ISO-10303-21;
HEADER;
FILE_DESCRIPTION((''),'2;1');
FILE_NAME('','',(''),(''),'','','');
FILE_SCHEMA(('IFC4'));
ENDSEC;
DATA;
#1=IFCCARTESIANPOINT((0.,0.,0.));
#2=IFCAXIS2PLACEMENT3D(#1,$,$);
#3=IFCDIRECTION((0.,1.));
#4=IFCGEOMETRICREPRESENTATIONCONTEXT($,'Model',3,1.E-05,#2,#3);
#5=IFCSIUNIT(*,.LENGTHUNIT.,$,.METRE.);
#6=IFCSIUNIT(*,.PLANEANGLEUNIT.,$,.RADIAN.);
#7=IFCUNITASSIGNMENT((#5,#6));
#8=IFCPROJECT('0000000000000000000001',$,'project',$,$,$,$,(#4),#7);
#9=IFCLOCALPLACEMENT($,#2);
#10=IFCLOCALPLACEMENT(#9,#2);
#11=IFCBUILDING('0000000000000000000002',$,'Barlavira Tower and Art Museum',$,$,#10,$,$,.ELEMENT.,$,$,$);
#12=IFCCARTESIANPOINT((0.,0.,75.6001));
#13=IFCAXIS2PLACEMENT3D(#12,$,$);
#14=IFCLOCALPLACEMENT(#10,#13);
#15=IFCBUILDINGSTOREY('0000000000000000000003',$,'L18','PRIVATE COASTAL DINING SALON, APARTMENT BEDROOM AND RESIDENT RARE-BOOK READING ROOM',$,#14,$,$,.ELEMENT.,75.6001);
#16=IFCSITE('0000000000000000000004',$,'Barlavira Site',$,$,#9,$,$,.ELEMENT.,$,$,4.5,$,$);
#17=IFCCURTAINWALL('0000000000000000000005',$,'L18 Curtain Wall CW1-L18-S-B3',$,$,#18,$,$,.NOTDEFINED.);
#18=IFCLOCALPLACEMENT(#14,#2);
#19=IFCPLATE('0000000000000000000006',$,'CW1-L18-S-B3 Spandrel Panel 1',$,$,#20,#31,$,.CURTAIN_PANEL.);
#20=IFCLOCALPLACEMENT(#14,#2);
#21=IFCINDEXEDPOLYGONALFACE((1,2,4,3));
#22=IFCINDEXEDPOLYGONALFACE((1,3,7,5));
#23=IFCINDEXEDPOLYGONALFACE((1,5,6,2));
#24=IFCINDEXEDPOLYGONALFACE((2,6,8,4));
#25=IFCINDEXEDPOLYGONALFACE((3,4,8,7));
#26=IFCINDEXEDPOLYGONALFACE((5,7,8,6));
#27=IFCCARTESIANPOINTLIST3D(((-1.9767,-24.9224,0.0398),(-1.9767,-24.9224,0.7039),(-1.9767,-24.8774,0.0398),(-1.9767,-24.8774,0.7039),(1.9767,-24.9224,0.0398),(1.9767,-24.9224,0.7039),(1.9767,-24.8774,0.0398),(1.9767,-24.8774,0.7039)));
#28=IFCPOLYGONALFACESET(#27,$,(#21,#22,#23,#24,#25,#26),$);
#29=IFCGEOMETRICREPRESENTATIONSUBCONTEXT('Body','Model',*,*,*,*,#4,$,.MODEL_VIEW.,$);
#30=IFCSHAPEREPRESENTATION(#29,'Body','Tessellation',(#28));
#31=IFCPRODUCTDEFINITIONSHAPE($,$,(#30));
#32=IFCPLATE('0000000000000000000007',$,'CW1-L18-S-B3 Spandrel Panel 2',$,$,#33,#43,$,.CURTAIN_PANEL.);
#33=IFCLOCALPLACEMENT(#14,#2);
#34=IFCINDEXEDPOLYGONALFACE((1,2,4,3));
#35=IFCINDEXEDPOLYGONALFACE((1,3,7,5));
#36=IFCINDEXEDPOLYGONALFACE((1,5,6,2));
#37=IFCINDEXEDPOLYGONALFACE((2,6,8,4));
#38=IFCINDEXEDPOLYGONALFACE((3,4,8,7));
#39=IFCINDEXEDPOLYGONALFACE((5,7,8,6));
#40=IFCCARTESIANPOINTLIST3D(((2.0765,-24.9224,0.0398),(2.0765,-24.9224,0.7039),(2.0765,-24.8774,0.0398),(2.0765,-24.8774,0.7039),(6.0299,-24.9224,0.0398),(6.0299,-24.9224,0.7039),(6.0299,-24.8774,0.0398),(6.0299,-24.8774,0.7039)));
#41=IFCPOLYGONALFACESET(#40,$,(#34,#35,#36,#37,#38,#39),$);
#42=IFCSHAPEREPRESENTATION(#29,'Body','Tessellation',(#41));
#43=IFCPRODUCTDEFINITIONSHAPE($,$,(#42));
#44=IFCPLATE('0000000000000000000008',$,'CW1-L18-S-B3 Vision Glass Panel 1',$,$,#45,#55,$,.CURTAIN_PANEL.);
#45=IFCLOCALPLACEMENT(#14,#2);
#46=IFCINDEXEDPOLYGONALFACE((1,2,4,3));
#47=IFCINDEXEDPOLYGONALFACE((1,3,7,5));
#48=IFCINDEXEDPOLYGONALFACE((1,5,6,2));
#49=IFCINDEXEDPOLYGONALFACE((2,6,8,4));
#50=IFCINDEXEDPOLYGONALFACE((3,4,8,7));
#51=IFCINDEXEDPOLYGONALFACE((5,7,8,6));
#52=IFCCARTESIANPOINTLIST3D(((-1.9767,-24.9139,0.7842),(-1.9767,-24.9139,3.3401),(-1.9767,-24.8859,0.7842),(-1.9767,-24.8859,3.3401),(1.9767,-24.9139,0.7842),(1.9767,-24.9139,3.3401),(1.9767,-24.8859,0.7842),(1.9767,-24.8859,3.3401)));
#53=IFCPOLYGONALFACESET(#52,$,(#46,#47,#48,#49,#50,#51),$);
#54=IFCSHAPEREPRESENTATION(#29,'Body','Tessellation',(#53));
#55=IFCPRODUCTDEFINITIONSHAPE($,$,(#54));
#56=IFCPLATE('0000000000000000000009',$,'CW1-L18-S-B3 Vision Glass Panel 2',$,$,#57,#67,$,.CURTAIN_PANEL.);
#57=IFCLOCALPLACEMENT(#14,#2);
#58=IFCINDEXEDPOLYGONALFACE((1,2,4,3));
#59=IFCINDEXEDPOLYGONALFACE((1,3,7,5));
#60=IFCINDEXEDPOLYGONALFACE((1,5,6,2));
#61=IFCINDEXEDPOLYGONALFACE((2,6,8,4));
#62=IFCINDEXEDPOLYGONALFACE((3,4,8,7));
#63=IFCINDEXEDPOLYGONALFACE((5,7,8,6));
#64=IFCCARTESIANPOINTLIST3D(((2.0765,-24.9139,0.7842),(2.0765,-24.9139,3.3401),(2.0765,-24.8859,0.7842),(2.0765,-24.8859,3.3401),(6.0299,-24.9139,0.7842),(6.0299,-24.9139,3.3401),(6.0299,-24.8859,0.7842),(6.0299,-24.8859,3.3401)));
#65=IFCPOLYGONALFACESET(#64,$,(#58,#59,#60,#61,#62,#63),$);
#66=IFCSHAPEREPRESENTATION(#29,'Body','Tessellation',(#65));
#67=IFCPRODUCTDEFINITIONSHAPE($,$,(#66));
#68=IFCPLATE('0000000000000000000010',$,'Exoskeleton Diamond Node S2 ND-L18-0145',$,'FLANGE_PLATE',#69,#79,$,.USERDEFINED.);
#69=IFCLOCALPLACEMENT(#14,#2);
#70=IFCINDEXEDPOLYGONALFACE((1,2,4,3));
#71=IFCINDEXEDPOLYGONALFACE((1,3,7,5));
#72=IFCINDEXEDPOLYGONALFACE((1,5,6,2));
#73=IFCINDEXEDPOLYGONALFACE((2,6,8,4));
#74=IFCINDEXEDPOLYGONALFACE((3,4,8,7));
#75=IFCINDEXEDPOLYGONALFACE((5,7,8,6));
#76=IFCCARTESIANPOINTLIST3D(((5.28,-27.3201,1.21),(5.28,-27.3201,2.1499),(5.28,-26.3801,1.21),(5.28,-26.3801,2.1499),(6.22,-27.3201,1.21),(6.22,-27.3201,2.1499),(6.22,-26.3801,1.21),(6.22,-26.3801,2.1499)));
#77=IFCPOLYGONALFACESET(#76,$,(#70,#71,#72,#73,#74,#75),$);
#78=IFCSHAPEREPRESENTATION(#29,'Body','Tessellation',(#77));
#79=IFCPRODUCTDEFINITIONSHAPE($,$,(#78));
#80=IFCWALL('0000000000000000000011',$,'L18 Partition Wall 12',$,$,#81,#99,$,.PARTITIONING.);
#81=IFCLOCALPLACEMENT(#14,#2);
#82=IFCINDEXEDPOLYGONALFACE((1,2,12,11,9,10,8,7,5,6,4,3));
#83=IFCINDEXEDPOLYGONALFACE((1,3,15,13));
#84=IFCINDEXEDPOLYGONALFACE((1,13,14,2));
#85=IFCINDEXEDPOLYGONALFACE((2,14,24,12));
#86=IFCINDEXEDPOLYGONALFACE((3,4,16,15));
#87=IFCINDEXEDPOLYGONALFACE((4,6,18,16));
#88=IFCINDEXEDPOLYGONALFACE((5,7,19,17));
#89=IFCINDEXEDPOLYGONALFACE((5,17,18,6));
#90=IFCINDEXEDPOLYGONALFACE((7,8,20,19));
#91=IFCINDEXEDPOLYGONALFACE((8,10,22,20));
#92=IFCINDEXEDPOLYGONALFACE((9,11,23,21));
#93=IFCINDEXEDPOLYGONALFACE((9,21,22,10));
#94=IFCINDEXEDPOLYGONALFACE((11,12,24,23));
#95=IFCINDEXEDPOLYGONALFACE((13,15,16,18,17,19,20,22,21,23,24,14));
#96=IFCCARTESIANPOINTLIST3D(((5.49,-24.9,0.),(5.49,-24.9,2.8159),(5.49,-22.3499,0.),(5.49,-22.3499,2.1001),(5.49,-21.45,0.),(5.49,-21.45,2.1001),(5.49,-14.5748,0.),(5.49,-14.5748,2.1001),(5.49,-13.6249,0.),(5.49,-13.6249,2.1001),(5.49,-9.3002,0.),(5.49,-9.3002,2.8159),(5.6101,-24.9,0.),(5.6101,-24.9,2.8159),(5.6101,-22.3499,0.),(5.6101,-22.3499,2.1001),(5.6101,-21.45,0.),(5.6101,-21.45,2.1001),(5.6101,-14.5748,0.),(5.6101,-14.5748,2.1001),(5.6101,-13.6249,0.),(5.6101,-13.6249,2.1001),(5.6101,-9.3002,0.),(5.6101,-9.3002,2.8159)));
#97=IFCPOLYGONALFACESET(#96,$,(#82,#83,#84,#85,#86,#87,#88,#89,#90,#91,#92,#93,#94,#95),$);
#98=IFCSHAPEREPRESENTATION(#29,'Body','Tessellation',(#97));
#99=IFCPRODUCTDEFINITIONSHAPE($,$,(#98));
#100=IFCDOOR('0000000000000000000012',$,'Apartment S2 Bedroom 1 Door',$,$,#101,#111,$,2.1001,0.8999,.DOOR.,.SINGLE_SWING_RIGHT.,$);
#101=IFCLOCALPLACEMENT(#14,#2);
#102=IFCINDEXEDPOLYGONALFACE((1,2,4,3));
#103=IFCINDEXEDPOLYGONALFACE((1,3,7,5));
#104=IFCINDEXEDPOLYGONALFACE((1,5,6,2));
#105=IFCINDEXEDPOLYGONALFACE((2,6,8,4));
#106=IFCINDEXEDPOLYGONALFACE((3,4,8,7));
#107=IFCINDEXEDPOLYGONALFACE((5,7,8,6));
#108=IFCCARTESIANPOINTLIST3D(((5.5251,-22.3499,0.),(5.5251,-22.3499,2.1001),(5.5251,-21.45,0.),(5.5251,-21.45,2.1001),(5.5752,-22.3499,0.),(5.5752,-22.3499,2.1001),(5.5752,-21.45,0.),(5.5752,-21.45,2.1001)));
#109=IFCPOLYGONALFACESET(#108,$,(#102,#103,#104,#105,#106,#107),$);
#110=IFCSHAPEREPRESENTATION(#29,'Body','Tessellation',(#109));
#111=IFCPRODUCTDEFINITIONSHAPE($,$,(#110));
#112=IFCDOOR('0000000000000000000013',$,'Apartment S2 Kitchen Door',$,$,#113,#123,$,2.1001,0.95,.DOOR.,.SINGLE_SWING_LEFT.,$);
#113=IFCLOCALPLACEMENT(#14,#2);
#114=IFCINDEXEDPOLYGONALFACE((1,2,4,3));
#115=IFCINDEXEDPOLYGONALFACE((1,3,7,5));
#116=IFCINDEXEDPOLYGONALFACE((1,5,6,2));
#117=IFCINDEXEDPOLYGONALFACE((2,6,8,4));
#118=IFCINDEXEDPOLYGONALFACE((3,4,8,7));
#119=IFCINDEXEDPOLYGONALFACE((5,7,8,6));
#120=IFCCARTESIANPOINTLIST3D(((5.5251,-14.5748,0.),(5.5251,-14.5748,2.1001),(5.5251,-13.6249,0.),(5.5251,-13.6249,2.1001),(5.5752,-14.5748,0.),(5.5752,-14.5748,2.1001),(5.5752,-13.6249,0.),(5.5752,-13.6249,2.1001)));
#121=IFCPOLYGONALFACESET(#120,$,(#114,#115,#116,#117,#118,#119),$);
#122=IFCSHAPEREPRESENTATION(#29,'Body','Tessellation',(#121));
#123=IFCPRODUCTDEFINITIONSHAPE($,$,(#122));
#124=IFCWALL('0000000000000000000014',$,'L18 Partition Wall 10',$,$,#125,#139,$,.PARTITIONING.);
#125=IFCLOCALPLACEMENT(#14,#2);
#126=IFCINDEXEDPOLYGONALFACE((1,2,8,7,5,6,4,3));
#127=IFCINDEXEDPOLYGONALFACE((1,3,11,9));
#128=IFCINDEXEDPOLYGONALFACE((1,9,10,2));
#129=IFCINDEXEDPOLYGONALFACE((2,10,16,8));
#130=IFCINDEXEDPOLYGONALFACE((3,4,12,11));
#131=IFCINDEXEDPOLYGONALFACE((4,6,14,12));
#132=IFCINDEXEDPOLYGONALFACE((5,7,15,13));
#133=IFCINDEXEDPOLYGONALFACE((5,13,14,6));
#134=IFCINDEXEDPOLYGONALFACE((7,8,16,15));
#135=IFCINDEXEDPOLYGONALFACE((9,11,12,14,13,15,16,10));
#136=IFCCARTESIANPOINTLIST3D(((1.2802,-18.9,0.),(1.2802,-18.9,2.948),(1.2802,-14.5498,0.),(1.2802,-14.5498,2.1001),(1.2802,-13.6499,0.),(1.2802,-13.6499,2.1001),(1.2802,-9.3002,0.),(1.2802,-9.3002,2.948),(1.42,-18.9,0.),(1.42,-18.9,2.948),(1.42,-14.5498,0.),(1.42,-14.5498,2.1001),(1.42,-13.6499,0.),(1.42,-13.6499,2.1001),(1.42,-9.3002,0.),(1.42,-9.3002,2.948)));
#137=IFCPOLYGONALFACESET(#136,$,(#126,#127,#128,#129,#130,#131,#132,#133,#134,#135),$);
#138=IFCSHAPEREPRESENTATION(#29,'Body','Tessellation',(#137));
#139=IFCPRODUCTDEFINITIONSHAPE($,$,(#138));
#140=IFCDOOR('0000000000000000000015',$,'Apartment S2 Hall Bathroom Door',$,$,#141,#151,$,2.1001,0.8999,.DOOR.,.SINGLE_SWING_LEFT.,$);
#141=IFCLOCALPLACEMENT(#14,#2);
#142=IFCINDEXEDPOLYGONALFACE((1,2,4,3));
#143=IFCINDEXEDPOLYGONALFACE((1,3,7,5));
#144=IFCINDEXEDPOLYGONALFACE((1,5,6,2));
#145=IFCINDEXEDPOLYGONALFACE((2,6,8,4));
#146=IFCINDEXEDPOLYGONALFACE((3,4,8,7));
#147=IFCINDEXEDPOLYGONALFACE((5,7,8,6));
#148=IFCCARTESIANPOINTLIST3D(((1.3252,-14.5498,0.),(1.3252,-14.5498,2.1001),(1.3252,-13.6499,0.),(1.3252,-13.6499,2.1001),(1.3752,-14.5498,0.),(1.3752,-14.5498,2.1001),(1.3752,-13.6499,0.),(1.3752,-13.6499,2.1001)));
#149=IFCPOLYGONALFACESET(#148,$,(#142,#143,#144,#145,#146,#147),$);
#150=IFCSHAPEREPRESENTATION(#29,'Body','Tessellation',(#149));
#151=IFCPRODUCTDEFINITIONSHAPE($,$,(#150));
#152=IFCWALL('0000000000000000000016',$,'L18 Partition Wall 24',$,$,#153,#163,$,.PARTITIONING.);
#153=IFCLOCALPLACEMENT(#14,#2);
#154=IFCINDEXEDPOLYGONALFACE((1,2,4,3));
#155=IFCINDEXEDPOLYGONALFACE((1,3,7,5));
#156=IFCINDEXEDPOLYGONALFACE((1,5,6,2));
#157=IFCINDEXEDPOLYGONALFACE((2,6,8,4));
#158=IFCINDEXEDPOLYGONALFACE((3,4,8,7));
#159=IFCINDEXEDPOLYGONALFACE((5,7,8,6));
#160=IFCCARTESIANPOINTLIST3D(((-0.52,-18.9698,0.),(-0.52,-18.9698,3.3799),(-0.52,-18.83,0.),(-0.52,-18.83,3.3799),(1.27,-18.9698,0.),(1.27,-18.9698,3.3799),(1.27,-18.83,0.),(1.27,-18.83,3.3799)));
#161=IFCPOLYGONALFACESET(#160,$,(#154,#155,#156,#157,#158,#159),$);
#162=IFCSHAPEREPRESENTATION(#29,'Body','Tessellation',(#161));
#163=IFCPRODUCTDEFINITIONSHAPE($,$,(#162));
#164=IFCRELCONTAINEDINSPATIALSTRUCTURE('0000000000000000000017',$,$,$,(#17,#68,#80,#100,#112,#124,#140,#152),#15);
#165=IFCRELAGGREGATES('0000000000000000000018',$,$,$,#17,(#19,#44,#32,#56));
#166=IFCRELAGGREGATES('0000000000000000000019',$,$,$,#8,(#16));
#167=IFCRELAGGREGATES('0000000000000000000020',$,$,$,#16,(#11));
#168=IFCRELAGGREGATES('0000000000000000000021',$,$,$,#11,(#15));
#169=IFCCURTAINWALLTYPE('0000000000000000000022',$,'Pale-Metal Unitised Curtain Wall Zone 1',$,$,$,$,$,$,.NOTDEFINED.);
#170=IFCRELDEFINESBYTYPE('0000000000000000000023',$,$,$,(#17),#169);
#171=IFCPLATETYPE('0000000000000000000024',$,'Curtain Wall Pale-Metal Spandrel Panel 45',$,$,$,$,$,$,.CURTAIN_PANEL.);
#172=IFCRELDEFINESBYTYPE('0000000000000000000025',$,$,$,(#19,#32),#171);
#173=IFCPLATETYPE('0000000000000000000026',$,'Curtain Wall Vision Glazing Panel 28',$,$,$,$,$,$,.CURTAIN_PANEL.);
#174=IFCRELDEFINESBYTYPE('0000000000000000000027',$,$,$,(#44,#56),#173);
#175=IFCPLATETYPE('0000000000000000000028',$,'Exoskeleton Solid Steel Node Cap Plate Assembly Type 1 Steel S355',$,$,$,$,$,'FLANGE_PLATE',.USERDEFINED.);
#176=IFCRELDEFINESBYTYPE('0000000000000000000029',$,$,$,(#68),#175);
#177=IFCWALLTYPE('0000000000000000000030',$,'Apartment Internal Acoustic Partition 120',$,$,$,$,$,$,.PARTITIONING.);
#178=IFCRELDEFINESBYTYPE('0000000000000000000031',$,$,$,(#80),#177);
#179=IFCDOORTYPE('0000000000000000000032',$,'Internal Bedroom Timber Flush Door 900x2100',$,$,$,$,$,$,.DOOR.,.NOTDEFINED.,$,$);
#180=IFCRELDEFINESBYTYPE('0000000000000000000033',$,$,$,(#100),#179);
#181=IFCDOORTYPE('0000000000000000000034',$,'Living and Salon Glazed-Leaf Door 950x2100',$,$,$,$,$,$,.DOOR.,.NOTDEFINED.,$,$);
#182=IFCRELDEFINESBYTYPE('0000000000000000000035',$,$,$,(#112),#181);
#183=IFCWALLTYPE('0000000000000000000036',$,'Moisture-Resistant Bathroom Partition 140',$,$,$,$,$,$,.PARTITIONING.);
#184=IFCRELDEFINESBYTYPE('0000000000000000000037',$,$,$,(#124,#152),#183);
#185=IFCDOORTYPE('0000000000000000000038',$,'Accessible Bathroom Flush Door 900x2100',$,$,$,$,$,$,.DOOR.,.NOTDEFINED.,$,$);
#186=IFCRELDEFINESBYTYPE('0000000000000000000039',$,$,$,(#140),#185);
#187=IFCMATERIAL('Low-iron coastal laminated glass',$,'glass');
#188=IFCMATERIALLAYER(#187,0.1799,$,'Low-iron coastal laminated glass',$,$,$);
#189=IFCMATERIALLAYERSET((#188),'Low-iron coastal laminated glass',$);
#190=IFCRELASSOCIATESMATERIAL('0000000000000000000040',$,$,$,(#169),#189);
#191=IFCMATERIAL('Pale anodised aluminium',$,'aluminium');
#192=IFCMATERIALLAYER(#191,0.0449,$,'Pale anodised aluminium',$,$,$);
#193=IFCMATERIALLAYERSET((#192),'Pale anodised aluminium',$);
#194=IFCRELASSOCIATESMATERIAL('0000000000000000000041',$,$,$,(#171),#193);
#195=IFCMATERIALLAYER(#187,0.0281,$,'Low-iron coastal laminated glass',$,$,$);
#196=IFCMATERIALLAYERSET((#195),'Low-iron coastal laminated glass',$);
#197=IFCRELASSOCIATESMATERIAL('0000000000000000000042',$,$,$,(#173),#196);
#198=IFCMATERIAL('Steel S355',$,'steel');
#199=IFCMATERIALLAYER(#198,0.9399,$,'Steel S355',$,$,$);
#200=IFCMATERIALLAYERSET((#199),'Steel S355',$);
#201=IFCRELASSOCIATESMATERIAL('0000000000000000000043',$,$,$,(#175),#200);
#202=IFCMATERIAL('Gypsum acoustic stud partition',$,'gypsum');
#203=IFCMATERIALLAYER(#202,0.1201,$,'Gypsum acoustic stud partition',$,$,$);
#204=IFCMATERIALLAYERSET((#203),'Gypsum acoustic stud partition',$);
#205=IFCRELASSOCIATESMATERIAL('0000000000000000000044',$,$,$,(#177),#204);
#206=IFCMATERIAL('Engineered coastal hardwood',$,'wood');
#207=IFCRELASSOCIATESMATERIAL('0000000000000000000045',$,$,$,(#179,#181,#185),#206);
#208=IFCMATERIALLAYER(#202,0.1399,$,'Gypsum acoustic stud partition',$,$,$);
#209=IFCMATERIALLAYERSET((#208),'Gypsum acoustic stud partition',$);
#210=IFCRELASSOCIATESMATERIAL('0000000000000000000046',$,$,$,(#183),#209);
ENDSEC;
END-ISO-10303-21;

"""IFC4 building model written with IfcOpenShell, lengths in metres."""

from ifc_helpers import new_model, si_unit, direction, frame, frame_2d, origin, origin_2d, place, context, subcontext, project, spatial, rectangle, extrude, material, layer, layer_set, type_object, element, fill, aggregate, save


model = new_model("IFC4")

# Units and contexts
model_context = context("Model", 3, precision=1e-05, world=origin(), true_north=direction((0.0, 1.0)))
body_context = subcontext(model_context, "Body", "Model", "MODEL_VIEW")
ifc_project = project(units=[si_unit("LENGTHUNIT", "METRE"), si_unit("PLANEANGLEUNIT", "RADIAN")], contexts=[model_context])

# Site, building, storey
site_placement = place(None, origin())
site = spatial("IfcSite", under=ifc_project, at=site_placement, Name="Barlavira Site", CompositionType="ELEMENT", RefElevation=4.5)
building_placement = place(site_placement, origin())
building = spatial("IfcBuilding", under=site, at=building_placement, Name="Barlavira Tower and Art Museum", CompositionType="ELEMENT")
storey_placement = place(building_placement, frame((0.0, 0.0, 75.6001)))
storey = spatial("IfcBuildingStorey", under=building, at=storey_placement, Name="L18", Description="PRIVATE COASTAL DINING SALON, APARTMENT BEDROOM AND RESIDENT RARE-BOOK READING ROOM", CompositionType="ELEMENT", Elevation=75.6001)

# Curtain wall
ifc_material_1 = material(Name="Low-iron coastal laminated glass", Category="glass")
ifc_layer_1 = layer(ifc_material_1, 0.1799, Name="Low-iron coastal laminated glass")
ifc_layer_set_1 = layer_set([ifc_layer_1], Name="Low-iron coastal laminated glass")
curtain_wall_type = type_object("IfcCurtainWallType", Name="Pale-Metal Unitised Curtain Wall Zone 1", PredefinedType="NOTDEFINED", material=ifc_layer_set_1)
curtain_wall_placement = place(storey_placement, origin())
curtain_wall = element("IfcCurtainWall", 1, at=curtain_wall_placement, inside=storey, type_object=curtain_wall_type, Name="L18 Curtain Wall CW1-L18-S-B3", PredefinedType="NOTDEFINED")
ifc_material_2 = material(Name="Pale anodised aluminium", Category="aluminium")

# Shared definitions
ifc_material_3 = material(Name="Steel S355", Category="steel")

# Plates
ifc_layer_2 = layer(ifc_material_2, 0.0449, Name="Pale anodised aluminium")
ifc_layer_set_2 = layer_set([ifc_layer_2], Name="Pale anodised aluminium")
plate_type_1 = type_object("IfcPlateType", Name="Curtain Wall Pale-Metal Spandrel Panel 45", PredefinedType="CURTAIN_PANEL", material=ifc_layer_set_2)
plate_1_placement = place(storey_placement, frame((0.0, -24.8999, 0.0398), z_axis=(0.0, 0.0, 1.0), x_axis=(1.0, 0.0, 0.0)))
plate_1 = element("IfcPlate", 2, at=plate_1_placement, type_object=plate_type_1, Name="CW1-L18-S-B3 Spandrel Panel 1", PredefinedType="CURTAIN_PANEL", context=body_context, shape_type="SweptSolid", body=[
    extrude(rectangle(XDim=3.9534, YDim=0.0449, at=origin_2d()), origin(), (0.0, 0.0, 1.0), 0.6641),
])
plate_2_placement = place(storey_placement, frame((4.0532, -24.8999, 0.0398), z_axis=(0.0, 0.0, 1.0), x_axis=(1.0, 0.0, 0.0)))
plate_2 = element("IfcPlate", 3, at=plate_2_placement, type_object=plate_type_1, Name="CW1-L18-S-B3 Spandrel Panel 2", PredefinedType="CURTAIN_PANEL", context=body_context, shape_type="SweptSolid", body=[
    extrude(rectangle(XDim=3.9534, YDim=0.0449, at=origin_2d()), origin(), (0.0, 0.0, 1.0), 0.6641),
])
ifc_layer_3 = layer(ifc_material_1, 0.0281, Name="Low-iron coastal laminated glass")
ifc_layer_set_3 = layer_set([ifc_layer_3], Name="Low-iron coastal laminated glass")
plate_type_2 = type_object("IfcPlateType", Name="Curtain Wall Vision Glazing Panel 28", PredefinedType="CURTAIN_PANEL", material=ifc_layer_set_3)
plate_3_placement = place(storey_placement, frame((0.0, -24.8999, 0.7842), z_axis=(0.0, 0.0, 1.0), x_axis=(1.0, 0.0, 0.0)))
plate_3 = element("IfcPlate", 4, at=plate_3_placement, type_object=plate_type_2, Name="CW1-L18-S-B3 Vision Glass Panel 1", PredefinedType="CURTAIN_PANEL", context=body_context, shape_type="SweptSolid", body=[
    extrude(rectangle(XDim=3.9534, YDim=0.0281, at=origin_2d()), origin(), (0.0, 0.0, 1.0), 2.5559),
])
plate_4_placement = place(storey_placement, frame((4.0532, -24.8999, 0.7842), z_axis=(0.0, 0.0, 1.0), x_axis=(1.0, 0.0, 0.0)))
plate_4 = element("IfcPlate", 5, at=plate_4_placement, type_object=plate_type_2, Name="CW1-L18-S-B3 Vision Glass Panel 2", PredefinedType="CURTAIN_PANEL", context=body_context, shape_type="SweptSolid", body=[
    extrude(rectangle(XDim=3.9534, YDim=0.0281, at=origin_2d()), origin(), (0.0, 0.0, 1.0), 2.5559),
])
aggregate(curtain_wall, [plate_1, plate_3, plate_2, plate_4])
ifc_layer_4 = layer(ifc_material_3, 0.9399, Name="Steel S355")
ifc_layer_set_4 = layer_set([ifc_layer_4], Name="Steel S355")
plate_type_3 = type_object("IfcPlateType", Name="Exoskeleton Solid Steel Node Cap Plate Assembly Type 1 Steel S355", ElementType="FLANGE_PLATE", PredefinedType="USERDEFINED", material=ifc_layer_set_4)
plate_5_placement = place(storey_placement, frame((5.75, -26.8501, 1.21), z_axis=(0.0, 0.0, 1.0), x_axis=(1.0, 0.0, 0.0)))
element("IfcPlate", 6, at=plate_5_placement, inside=storey, type_object=plate_type_3, Name="Exoskeleton Diamond Node S2 ND-L18-0145", ObjectType="FLANGE_PLATE", PredefinedType="USERDEFINED", context=body_context, shape_type="SweptSolid", body=[
    extrude(rectangle(XDim=0.9399, YDim=0.9399, at=origin_2d()), origin(), (0.0, 0.0, 1.0), 0.9399),
])

# Wall, openings, doors
ifc_material_4 = material(Name="Gypsum acoustic stud partition", Category="gypsum")
ifc_layer_5 = layer(ifc_material_4, 0.1201, Name="Gypsum acoustic stud partition")
ifc_layer_set_5 = layer_set([ifc_layer_5], Name="Gypsum acoustic stud partition")
wall_type_1 = type_object("IfcWallType", Name="Apartment Internal Acoustic Partition 120", PredefinedType="PARTITIONING", material=ifc_layer_set_5)
wall_1_placement = place(storey_placement, frame((5.55, -24.8999, 0.0), z_axis=(0.0, 0.0, 1.0), x_axis=(0.0, 1.0, 0.0)))
wall_1 = element("IfcWall", 7, at=wall_1_placement, inside=storey, type_object=wall_type_1, Name="L18 Partition Wall 12", PredefinedType="PARTITIONING", context=body_context, shape_type="SweptSolid", body=[
    extrude(rectangle(XDim=15.5999, YDim=0.1201, at=frame_2d((7.7998, 0.0))), origin(), (0.0, 0.0, 1.0), 2.8159),
])
opening_1_placement = place(wall_1_placement, frame((10.325, 0.0, 0.0)))
opening_1 = element("IfcOpeningElement", 8, at=opening_1_placement, cuts=wall_1, PredefinedType="OPENING", context=body_context, shape_type="SweptSolid", body=[
    extrude(rectangle(XDim=0.95, YDim=2.1001, at=frame_2d((0.4751, 1.05))), frame((0.0, 0.0701, 0.0), z_axis=(0.0, -1.0, 0.0), x_axis=(1.0, 0.0, 0.0)), (0.0, 0.0, 1.0), 0.1401),
])
opening_2_placement = place(wall_1_placement, frame((2.55, 0.0, 0.0)))
opening_2 = element("IfcOpeningElement", 9, at=opening_2_placement, cuts=wall_1, PredefinedType="OPENING", context=body_context, shape_type="SweptSolid", body=[
    extrude(rectangle(XDim=0.8999, YDim=2.1001, at=frame_2d((0.45, 1.05))), frame((0.0, 0.0701, 0.0), z_axis=(0.0, -1.0, 0.0), x_axis=(1.0, 0.0, 0.0)), (0.0, 0.0, 1.0), 0.1401),
])
ifc_material_5 = material(Name="Engineered coastal hardwood", Category="wood")
door_type_1 = type_object("IfcDoorType", Name="Internal Bedroom Timber Flush Door 900x2100", OperationType="NOTDEFINED", PredefinedType="DOOR", material=ifc_material_5)
door_1_placement = place(opening_2_placement, origin())
door_1 = element("IfcDoor", 10, at=door_1_placement, inside=storey, type_object=door_type_1, Name="Apartment S2 Bedroom 1 Door", OperationType="SINGLE_SWING_RIGHT", OverallHeight=2.1001, OverallWidth=0.8999, PredefinedType="DOOR", context=body_context, shape_type="SweptSolid", body=[
    extrude(rectangle(XDim=0.8999, YDim=2.1001, at=frame_2d((0.45, 1.05))), frame((0.0, 0.0249, 0.0), z_axis=(0.0, -1.0, 0.0), x_axis=(1.0, 0.0, 0.0)), (0.0, 0.0, 1.0), 0.05),
])
fill(opening_2, door_1)
door_type_2 = type_object("IfcDoorType", Name="Living and Salon Glazed-Leaf Door 950x2100", OperationType="NOTDEFINED", PredefinedType="DOOR", material=ifc_material_5)
door_2_placement = place(opening_1_placement, origin())
door_2 = element("IfcDoor", 11, at=door_2_placement, inside=storey, type_object=door_type_2, Name="Apartment S2 Kitchen Door", OperationType="SINGLE_SWING_LEFT", OverallHeight=2.1001, OverallWidth=0.95, PredefinedType="DOOR", context=body_context, shape_type="SweptSolid", body=[
    extrude(rectangle(XDim=0.95, YDim=2.1001, at=frame_2d((0.4751, 1.05))), frame((0.0, 0.0249, 0.0), z_axis=(0.0, -1.0, 0.0), x_axis=(1.0, 0.0, 0.0)), (0.0, 0.0, 1.0), 0.05),
])
fill(opening_1, door_2)

# Wall, opening, door
ifc_layer_6 = layer(ifc_material_4, 0.1399, Name="Gypsum acoustic stud partition")
ifc_layer_set_6 = layer_set([ifc_layer_6], Name="Gypsum acoustic stud partition")
wall_type_2 = type_object("IfcWallType", Name="Moisture-Resistant Bathroom Partition 140", PredefinedType="PARTITIONING", material=ifc_layer_set_6)
wall_2_placement = place(storey_placement, frame((1.3501, -18.8999, 0.0), z_axis=(0.0, 0.0, 1.0), x_axis=(0.0, 1.0, 0.0)))
wall_2 = element("IfcWall", 12, at=wall_2_placement, inside=storey, type_object=wall_type_2, Name="L18 Partition Wall 10", PredefinedType="PARTITIONING", context=body_context, shape_type="SweptSolid", body=[
    extrude(rectangle(XDim=9.5999, YDim=0.1399, at=frame_2d((4.7998, 0.0))), origin(), (0.0, 0.0, 1.0), 2.948),
])
opening_3_placement = place(wall_2_placement, frame((4.3501, 0.0, 0.0)))
opening_3 = element("IfcOpeningElement", 13, at=opening_3_placement, cuts=wall_2, PredefinedType="OPENING", context=body_context, shape_type="SweptSolid", body=[
    extrude(rectangle(XDim=0.8999, YDim=2.1001, at=frame_2d((0.45, 1.05))), frame((0.0, 0.0801, 0.0), z_axis=(0.0, -1.0, 0.0), x_axis=(1.0, 0.0, 0.0)), (0.0, 0.0, 1.0), 0.1599),
])
door_type_3 = type_object("IfcDoorType", Name="Accessible Bathroom Flush Door 900x2100", OperationType="NOTDEFINED", PredefinedType="DOOR", material=ifc_material_5)
door_3_placement = place(opening_3_placement, origin())
door_3 = element("IfcDoor", 14, at=door_3_placement, inside=storey, type_object=door_type_3, Name="Apartment S2 Hall Bathroom Door", OperationType="SINGLE_SWING_LEFT", OverallHeight=2.1001, OverallWidth=0.8999, PredefinedType="DOOR", context=body_context, shape_type="SweptSolid", body=[
    extrude(rectangle(XDim=0.8999, YDim=2.1001, at=frame_2d((0.45, 1.05))), frame((0.0, 0.0249, 0.0), z_axis=(0.0, -1.0, 0.0), x_axis=(1.0, 0.0, 0.0)), (0.0, 0.0, 1.0), 0.05),
])
fill(opening_3, door_3)

# Wall
wall_3_placement = place(storey_placement, frame((-0.52, -18.8999, 0.0), z_axis=(0.0, 0.0, 1.0), x_axis=(1.0, 0.0, 0.0)))
element("IfcWall", 15, at=wall_3_placement, inside=storey, type_object=wall_type_2, Name="L18 Partition Wall 24", PredefinedType="PARTITIONING", context=body_context, shape_type="SweptSolid", body=[
    extrude(rectangle(XDim=1.79, YDim=0.1399, at=frame_2d((0.895, 0.0))), origin(), (0.0, 0.0, 1.0), 3.3799),
])

save(model, "model.ifc")
